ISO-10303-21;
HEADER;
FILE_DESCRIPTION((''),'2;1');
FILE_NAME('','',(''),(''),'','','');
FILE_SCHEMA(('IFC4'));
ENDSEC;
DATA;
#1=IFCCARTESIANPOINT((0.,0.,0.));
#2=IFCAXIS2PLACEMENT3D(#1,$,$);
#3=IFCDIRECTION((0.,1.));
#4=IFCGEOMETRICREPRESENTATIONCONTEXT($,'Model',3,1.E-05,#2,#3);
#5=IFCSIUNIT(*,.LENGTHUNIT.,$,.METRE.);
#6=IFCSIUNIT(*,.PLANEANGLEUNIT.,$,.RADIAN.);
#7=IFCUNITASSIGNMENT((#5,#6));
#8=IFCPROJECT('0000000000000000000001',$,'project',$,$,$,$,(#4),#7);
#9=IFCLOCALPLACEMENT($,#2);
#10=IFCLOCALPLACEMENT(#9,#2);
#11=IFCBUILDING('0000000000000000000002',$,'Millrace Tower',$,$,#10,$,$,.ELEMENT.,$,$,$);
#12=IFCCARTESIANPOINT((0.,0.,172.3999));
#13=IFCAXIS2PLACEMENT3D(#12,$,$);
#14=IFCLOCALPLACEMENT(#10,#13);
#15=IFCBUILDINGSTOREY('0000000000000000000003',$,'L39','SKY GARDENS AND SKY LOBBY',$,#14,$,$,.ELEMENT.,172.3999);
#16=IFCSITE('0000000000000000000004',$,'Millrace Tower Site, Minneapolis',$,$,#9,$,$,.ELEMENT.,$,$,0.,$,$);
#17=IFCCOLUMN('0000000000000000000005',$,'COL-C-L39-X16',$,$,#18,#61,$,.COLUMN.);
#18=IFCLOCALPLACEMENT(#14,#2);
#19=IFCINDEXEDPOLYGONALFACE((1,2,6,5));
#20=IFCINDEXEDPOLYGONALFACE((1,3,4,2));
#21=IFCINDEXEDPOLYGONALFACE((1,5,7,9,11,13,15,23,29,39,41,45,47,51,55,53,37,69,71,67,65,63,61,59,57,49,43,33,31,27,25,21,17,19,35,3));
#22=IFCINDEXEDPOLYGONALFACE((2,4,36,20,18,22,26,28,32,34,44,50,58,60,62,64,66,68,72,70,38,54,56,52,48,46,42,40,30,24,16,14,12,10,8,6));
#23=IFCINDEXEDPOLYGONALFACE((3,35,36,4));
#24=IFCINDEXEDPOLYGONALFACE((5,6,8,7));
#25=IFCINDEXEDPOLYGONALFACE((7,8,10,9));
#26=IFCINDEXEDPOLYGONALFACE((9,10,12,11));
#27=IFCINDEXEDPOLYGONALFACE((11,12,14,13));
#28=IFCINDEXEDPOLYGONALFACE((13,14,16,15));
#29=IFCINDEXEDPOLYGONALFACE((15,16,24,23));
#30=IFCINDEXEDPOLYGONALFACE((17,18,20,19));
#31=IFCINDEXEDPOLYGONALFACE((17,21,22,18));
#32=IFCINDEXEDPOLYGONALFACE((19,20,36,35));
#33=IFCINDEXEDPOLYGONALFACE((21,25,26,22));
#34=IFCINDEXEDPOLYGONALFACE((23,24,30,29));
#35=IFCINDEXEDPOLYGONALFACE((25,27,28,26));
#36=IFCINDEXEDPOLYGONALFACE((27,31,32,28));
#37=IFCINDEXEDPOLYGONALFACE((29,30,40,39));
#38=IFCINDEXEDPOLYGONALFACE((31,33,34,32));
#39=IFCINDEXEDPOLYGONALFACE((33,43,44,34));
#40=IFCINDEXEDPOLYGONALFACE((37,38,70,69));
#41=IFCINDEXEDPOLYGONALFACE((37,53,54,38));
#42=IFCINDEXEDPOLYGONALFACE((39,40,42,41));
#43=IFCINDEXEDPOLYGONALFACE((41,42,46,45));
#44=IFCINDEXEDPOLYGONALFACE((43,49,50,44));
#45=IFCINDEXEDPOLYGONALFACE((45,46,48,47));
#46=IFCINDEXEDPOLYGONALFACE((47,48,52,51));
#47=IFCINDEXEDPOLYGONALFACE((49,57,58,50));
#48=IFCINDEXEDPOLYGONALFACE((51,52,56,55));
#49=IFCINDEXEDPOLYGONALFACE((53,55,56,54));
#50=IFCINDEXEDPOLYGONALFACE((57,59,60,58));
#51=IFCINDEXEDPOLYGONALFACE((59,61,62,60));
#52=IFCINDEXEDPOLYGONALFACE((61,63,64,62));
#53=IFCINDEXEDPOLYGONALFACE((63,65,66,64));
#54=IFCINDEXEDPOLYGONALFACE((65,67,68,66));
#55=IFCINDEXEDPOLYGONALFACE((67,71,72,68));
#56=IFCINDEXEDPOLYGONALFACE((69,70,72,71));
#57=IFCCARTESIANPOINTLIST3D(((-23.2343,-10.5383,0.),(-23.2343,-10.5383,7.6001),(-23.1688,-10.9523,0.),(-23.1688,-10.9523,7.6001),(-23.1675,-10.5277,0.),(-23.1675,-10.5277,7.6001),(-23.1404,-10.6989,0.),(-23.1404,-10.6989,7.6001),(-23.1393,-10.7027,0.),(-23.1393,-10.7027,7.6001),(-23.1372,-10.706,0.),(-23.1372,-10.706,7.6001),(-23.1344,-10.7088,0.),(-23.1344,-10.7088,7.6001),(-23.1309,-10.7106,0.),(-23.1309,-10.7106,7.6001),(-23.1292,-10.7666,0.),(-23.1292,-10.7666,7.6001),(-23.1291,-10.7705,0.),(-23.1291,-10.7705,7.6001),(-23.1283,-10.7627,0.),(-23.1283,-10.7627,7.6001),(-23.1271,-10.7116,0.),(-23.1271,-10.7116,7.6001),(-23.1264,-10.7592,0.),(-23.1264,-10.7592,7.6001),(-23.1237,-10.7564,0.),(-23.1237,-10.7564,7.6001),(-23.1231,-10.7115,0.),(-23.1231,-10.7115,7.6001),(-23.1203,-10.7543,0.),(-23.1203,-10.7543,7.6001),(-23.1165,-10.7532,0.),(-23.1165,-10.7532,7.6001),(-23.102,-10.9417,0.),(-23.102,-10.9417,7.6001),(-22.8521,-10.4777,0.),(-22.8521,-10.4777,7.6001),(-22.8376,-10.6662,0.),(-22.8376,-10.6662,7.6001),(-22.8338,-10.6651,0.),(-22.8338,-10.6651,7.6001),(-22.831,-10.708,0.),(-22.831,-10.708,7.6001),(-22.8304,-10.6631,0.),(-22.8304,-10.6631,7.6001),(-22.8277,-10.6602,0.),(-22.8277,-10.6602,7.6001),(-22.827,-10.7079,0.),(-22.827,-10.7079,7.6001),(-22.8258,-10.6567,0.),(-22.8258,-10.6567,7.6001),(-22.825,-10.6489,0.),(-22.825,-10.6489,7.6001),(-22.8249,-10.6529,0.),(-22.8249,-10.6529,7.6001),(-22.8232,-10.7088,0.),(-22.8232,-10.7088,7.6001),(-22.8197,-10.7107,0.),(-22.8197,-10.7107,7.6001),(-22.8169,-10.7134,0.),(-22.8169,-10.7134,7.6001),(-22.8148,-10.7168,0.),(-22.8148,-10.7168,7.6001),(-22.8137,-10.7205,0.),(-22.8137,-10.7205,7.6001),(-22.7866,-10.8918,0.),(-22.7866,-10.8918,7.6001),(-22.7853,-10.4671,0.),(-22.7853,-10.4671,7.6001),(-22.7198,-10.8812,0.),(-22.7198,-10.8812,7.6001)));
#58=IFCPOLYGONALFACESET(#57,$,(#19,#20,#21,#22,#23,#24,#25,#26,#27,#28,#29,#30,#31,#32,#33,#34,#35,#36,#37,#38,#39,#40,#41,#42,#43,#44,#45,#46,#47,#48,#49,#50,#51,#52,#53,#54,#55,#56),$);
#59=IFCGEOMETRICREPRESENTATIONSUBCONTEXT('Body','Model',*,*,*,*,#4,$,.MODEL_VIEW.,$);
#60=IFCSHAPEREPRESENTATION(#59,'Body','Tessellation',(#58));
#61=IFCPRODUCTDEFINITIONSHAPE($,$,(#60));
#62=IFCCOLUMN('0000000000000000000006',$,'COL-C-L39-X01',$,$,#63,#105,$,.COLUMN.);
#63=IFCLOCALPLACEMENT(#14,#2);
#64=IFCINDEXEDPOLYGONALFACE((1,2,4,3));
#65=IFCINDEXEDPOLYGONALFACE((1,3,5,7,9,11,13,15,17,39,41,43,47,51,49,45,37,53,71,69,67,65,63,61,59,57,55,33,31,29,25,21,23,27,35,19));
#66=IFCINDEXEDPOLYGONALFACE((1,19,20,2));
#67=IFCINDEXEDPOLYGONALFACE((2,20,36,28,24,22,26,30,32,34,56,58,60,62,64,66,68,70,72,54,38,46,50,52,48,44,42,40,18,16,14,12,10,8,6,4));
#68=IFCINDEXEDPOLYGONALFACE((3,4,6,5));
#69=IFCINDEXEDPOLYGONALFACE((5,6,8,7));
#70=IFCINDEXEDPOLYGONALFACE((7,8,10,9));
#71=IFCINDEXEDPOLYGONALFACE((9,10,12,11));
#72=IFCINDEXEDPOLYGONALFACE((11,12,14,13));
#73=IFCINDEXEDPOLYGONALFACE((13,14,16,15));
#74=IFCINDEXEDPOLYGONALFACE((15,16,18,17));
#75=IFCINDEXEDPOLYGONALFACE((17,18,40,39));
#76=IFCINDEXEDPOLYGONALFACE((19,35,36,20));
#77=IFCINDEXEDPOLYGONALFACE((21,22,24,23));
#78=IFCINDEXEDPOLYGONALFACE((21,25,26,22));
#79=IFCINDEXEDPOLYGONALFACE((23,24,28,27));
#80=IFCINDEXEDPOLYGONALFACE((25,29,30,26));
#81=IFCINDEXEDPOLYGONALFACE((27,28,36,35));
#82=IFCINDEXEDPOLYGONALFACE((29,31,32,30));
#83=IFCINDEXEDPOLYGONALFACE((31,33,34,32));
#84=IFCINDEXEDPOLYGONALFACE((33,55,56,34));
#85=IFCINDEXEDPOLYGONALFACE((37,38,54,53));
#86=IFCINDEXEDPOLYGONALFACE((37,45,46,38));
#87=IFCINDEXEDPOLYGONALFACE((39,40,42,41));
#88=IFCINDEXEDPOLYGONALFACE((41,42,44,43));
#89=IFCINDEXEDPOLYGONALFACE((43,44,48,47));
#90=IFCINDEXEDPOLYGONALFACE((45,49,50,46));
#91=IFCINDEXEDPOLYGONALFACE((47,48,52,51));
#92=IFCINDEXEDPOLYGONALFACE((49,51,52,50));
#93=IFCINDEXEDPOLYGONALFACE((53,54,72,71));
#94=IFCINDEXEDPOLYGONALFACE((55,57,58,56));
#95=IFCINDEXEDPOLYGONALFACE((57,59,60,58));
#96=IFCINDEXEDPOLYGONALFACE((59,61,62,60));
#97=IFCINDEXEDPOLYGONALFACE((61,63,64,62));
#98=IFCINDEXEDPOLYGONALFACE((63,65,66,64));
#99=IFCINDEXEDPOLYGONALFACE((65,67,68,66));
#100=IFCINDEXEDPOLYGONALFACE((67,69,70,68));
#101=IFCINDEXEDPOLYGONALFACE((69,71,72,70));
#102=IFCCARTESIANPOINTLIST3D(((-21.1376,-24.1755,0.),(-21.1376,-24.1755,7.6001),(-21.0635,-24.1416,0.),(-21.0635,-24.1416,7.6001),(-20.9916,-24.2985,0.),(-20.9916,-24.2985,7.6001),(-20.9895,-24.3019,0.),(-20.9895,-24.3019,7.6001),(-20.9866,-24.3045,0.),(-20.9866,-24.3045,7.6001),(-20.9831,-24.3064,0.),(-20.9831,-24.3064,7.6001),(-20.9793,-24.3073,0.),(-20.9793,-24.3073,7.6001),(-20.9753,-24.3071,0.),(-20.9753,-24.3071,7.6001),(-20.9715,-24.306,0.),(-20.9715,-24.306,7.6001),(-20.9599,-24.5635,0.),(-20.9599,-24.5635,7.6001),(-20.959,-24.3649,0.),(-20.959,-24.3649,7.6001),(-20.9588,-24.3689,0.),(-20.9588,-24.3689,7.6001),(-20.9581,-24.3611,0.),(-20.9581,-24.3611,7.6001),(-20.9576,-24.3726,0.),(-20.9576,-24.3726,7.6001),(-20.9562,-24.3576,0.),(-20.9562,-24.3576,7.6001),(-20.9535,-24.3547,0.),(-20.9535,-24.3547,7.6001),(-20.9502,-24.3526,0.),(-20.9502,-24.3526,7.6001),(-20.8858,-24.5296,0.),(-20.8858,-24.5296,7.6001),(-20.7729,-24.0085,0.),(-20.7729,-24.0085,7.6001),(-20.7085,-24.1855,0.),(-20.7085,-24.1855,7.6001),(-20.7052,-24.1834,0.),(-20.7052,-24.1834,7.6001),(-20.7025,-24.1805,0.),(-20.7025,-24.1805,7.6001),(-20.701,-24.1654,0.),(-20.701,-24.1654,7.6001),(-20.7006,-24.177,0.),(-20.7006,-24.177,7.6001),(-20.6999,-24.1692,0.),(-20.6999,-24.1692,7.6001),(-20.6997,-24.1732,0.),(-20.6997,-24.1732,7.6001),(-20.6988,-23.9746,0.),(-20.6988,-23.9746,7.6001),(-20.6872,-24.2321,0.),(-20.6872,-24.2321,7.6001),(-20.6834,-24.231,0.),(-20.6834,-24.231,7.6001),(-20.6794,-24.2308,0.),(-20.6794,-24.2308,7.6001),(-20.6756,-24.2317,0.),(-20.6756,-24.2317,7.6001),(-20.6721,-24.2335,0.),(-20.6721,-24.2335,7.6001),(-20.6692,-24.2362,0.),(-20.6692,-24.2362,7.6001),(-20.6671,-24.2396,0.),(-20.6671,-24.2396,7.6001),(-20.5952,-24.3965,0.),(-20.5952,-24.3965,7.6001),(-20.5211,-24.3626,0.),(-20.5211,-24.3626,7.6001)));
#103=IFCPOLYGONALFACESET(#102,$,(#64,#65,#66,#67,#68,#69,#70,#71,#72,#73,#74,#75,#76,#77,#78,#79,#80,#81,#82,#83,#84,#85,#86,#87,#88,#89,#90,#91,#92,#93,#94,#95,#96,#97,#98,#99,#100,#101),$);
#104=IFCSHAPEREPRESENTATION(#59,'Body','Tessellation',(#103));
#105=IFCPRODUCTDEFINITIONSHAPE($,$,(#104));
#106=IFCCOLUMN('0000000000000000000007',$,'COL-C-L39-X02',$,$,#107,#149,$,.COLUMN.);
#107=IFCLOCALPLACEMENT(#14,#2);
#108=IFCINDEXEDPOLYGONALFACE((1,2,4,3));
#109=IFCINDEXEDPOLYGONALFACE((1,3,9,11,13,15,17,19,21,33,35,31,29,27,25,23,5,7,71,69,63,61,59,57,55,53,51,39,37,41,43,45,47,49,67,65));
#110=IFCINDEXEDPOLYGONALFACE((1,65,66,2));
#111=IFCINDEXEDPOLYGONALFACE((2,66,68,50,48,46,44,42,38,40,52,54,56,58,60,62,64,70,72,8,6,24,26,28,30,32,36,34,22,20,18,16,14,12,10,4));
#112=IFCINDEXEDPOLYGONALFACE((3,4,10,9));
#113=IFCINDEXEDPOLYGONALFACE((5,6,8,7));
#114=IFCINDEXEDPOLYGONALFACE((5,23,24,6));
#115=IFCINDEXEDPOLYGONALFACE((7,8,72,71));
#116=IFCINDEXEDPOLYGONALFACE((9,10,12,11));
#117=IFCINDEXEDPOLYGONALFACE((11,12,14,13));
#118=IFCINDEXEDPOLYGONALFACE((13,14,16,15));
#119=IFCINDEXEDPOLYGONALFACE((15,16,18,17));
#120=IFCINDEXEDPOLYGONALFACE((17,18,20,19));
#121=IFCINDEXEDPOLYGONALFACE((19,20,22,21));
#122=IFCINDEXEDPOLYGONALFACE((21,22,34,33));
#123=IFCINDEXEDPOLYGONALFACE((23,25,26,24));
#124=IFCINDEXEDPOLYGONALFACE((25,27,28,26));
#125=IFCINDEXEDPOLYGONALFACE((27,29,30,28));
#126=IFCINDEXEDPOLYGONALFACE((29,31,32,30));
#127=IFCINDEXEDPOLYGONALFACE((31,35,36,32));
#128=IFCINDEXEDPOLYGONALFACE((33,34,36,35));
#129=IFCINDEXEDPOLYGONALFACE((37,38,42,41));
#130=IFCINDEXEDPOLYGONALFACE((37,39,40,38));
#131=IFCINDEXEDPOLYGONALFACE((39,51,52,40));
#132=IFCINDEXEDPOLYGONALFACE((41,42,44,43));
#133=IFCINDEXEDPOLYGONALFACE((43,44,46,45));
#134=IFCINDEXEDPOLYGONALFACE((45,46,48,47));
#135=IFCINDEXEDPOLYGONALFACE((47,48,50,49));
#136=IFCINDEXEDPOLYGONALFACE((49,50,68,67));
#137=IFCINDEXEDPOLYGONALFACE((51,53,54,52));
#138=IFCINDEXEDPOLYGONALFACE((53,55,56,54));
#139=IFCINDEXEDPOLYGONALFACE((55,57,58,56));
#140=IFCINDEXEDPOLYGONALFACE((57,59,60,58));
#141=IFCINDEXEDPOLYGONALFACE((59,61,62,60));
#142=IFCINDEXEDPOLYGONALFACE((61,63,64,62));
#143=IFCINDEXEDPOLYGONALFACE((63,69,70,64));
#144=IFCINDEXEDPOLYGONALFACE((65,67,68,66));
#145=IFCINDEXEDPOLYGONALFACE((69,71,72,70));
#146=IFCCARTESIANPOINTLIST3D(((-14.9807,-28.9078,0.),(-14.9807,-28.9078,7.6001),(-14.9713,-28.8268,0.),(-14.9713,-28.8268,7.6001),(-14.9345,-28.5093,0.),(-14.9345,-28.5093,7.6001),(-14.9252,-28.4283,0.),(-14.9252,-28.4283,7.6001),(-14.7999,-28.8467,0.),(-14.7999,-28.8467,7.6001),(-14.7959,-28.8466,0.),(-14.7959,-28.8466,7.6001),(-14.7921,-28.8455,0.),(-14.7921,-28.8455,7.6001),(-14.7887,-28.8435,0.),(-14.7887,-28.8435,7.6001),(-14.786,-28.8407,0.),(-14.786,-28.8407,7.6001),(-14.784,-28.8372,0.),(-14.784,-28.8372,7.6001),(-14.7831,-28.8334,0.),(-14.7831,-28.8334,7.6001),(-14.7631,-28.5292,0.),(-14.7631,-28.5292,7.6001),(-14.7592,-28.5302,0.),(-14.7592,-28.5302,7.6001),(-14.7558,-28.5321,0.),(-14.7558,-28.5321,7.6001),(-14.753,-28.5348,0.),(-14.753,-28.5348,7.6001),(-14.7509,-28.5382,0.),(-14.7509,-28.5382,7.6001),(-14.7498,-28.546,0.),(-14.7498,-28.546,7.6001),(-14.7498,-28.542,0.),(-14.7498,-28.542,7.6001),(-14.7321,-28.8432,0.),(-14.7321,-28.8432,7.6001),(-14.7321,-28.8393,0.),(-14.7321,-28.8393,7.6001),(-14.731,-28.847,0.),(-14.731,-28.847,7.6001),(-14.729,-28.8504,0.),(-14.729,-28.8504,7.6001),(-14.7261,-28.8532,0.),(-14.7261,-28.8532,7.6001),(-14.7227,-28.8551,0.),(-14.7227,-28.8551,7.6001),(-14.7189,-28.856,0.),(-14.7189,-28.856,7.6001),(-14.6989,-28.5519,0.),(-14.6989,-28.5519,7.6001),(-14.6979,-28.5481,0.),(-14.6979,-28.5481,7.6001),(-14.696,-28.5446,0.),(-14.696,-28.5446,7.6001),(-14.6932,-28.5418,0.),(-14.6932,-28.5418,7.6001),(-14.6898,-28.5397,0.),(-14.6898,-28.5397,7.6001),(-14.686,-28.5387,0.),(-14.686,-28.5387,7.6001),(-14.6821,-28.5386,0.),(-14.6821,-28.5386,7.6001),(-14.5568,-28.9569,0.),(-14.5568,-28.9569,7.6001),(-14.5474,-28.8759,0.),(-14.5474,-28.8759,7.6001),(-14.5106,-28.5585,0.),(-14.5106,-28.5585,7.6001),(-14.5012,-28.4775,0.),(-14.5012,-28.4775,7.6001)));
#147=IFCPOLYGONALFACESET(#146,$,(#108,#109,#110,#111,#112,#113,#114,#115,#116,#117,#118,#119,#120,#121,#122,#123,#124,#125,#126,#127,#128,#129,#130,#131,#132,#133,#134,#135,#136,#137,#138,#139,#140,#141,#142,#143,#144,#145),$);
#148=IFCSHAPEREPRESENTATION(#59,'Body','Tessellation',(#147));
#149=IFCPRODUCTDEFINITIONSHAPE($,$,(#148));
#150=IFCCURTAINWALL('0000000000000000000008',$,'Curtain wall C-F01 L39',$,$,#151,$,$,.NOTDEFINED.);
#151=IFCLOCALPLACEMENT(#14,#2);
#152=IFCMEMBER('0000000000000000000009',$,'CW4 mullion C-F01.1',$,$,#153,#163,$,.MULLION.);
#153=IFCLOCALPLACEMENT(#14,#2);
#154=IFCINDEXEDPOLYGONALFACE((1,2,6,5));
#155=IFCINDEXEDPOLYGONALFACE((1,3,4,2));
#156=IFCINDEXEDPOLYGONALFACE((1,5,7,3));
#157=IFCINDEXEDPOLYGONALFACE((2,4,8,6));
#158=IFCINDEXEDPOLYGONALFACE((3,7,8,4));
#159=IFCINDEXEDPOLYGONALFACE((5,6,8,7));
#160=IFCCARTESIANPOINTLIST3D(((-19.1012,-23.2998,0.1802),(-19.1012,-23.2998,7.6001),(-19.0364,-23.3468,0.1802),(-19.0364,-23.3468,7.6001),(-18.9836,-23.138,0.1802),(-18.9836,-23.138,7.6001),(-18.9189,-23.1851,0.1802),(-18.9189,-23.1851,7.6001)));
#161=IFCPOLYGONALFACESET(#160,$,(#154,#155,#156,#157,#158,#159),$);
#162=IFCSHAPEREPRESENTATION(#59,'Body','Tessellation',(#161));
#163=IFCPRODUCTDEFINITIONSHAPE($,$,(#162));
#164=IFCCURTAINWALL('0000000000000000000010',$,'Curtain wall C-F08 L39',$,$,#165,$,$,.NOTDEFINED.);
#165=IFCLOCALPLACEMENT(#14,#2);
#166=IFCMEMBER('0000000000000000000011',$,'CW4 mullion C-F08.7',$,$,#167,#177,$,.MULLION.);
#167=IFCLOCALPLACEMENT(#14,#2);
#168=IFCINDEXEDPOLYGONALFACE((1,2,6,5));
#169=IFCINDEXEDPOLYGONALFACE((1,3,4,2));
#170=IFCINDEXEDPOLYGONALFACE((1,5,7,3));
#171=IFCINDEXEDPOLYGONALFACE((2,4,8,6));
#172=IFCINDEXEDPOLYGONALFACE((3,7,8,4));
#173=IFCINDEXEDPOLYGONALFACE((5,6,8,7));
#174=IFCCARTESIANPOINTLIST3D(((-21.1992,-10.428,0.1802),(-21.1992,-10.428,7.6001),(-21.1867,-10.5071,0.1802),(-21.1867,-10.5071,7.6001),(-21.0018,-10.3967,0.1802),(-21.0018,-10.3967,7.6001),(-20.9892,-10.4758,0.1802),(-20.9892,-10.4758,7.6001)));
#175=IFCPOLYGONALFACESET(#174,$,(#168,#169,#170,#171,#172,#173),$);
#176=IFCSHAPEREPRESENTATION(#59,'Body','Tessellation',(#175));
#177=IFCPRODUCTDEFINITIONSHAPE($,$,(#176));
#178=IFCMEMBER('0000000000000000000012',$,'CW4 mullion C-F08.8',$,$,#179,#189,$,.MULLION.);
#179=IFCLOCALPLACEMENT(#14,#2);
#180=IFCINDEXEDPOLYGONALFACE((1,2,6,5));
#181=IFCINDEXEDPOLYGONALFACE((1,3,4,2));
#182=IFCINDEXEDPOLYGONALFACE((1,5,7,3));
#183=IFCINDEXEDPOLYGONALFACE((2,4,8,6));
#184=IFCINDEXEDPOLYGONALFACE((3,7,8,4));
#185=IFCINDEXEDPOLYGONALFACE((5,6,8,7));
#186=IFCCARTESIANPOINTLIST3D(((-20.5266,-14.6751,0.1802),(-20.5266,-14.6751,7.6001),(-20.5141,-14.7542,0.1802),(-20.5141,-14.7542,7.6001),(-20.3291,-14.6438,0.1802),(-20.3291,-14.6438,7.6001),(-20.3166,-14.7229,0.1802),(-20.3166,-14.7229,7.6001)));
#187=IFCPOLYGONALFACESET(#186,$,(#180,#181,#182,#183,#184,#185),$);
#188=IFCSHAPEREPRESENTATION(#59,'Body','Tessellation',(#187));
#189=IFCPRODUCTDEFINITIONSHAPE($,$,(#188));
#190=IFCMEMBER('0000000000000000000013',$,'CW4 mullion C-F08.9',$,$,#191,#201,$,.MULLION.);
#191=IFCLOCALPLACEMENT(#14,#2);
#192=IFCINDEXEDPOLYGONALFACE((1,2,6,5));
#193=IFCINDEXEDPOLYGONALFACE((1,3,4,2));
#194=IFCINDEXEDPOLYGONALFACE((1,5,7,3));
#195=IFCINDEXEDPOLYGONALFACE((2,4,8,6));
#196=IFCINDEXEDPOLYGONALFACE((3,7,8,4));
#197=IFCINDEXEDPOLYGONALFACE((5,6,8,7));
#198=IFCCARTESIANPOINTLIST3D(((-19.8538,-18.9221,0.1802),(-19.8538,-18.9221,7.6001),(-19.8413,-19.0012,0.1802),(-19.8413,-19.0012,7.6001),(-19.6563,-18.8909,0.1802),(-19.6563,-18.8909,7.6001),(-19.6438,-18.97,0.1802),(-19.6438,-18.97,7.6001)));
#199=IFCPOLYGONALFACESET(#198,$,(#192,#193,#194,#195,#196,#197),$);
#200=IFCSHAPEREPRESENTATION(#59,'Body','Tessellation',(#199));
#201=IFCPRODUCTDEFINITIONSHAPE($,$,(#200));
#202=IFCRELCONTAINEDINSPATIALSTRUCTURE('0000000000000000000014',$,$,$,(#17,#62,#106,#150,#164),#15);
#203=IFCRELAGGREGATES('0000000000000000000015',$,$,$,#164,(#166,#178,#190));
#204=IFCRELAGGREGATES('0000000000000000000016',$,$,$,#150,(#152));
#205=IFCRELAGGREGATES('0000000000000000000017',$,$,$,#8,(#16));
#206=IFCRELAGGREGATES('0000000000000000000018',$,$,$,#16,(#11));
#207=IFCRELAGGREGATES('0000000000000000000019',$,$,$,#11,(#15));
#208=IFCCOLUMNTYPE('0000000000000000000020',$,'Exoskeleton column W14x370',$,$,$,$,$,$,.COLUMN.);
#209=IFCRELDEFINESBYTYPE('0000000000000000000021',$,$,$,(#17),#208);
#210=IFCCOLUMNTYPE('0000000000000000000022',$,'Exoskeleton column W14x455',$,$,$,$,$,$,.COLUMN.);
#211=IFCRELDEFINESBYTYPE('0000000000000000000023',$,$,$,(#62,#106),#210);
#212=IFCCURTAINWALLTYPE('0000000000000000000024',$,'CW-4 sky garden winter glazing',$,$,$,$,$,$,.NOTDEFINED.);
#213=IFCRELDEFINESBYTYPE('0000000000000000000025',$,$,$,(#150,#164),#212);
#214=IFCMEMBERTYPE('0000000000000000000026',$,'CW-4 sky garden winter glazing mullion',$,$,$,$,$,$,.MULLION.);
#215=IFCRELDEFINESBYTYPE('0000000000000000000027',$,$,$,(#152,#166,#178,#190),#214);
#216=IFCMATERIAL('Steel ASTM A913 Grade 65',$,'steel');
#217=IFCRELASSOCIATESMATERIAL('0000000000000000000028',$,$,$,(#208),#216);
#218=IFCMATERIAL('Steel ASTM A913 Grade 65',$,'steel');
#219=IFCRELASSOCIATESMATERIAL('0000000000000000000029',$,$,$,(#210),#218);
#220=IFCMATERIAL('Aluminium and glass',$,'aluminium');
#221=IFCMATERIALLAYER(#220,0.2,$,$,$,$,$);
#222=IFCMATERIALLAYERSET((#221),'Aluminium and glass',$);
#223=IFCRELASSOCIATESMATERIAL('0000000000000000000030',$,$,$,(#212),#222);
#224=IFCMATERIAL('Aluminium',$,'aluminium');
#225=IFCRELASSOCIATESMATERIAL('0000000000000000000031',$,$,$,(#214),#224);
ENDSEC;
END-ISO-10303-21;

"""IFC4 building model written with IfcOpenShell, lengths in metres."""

from ifc_helpers import new_model, si_unit, direction, frame, origin, origin_2d, place, context, subcontext, project, spatial, rectangle, i_section, extrude, material, layer, layer_set, material_profile, profile_set, type_object, element, aggregate, save


model = new_model("IFC4")

# Units and contexts
model_context = context("Model", 3, precision=1e-05, world=origin(), true_north=direction((0.0, 1.0)))
body_context = subcontext(model_context, "Body", "Model", "MODEL_VIEW")
ifc_project = project(units=[si_unit("LENGTHUNIT", "METRE"), si_unit("PLANEANGLEUNIT", "RADIAN")], contexts=[model_context])

# Site, building, storey
site_placement = place(None, origin())
site = spatial("IfcSite", under=ifc_project, at=site_placement, Name="Millrace Tower Site, Minneapolis", CompositionType="ELEMENT", RefElevation=0.0)
building_placement = place(site_placement, origin())
building = spatial("IfcBuilding", under=site, at=building_placement, Name="Millrace Tower", CompositionType="ELEMENT")
storey_placement = place(building_placement, frame((0.0, 0.0, 172.3999)))
storey = spatial("IfcBuildingStorey", under=building, at=storey_placement, Name="L39", Description="SKY GARDENS AND SKY LOBBY", CompositionType="ELEMENT", Elevation=172.3999)

# Columns
ifc_material_1 = material(Name="Steel ASTM A913 Grade 65", Category="steel")
ifc_material_profile_1 = material_profile(ifc_material_1, i_section(OverallWidth=0.4192, OverallDepth=0.4546, WebThickness=0.0422, FlangeThickness=0.0676, FilletRadius=0.0151, at=origin_2d()))
ifc_profile_set_1 = profile_set([ifc_material_profile_1], Name="Steel ASTM A913 Grade 65")
column_type_1 = type_object("IfcColumnType", Name="Exoskeleton column W14x370", PredefinedType="COLUMN", material=ifc_profile_set_1)
column_placement = place(storey_placement, frame((-22.9771, -10.7097, 0.0), z_axis=(0.0, 0.0, 1.0), x_axis=(0.156434, -0.987688, 0.0)))
element("IfcColumn", 1, at=column_placement, inside=storey, type_object=column_type_1, Name="COL-C-L39-X16", PredefinedType="COLUMN", context=body_context, shape_type="SweptSolid", body=[
    extrude(i_section(OverallWidth=0.4192, OverallDepth=0.4546, WebThickness=0.0422, FlangeThickness=0.0676, FilletRadius=0.0151, at=origin_2d()), origin(), (0.0, 0.0, 1.0), 7.6001),
])
ifc_material_2 = material(Name="Steel ASTM A913 Grade 65", Category="steel")
ifc_material_profile_2 = material_profile(ifc_material_2, i_section(OverallWidth=0.4268, OverallDepth=0.4827, WebThickness=0.0513, FlangeThickness=0.0815, FilletRadius=0.0151, at=origin_2d()))
ifc_profile_set_2 = profile_set([ifc_material_profile_2], Name="Steel ASTM A913 Grade 65")
column_type_2 = type_object("IfcColumnType", Name="Exoskeleton column W14x455", PredefinedType="COLUMN", material=ifc_profile_set_2)
for number, where, z_axis, x_axis, name in (
    (2, (-20.8293, -24.269, 0.0), (0.0, 0.0, 1.0), (0.416401, -0.909181, 0.0), "COL-C-L39-X01"),
    (3, (-14.741, -28.6926, 0.0), (0.0, 0.0, 1.0), (0.993358, -0.115069, 0.0), "COL-C-L39-X02"),
):
    element("IfcColumn", number, at=place(storey_placement, frame(where, z_axis=z_axis, x_axis=x_axis)), inside=storey, type_object=column_type_2, Name=name, PredefinedType="COLUMN", context=body_context, shape_type="SweptSolid", body=[
        extrude(i_section(OverallWidth=0.4268, OverallDepth=0.4827, WebThickness=0.0513, FlangeThickness=0.0815, FilletRadius=0.0151, at=origin_2d()), origin(), (0.0, 0.0, 1.0), 7.6001),
    ])

# Curtain wall, member
ifc_material_3 = material(Name="Aluminium and glass", Category="aluminium")
ifc_layer_1 = layer(ifc_material_3, 0.2)
ifc_layer_set_1 = layer_set([ifc_layer_1], Name="Aluminium and glass")
curtain_wall_type = type_object("IfcCurtainWallType", Name="CW-4 sky garden winter glazing", PredefinedType="NOTDEFINED", material=ifc_layer_set_1)
placement = place(storey_placement, origin())
curtain_wall_1 = element("IfcCurtainWall", 4, at=placement, inside=storey, type_object=curtain_wall_type, Name="Curtain wall C-F01 L39", PredefinedType="NOTDEFINED")
ifc_material_4 = material(Name="Aluminium", Category="aluminium")
ifc_material_profile_3 = material_profile(ifc_material_4, rectangle(XDim=0.0801, YDim=0.2, at=origin_2d()))
ifc_profile_set_3 = profile_set([ifc_material_profile_3], Name="Aluminium")
member_type_1 = type_object("IfcMemberType", Name="CW-4 sky garden winter glazing mullion", PredefinedType="MULLION", material=ifc_profile_set_3)
member_1_placement = place(storey_placement, frame((-19.01, -23.2424, 0.1802), z_axis=(0.0, 0.0, 1.0), x_axis=(0.809017, -0.587785, 0.0)))
member_1 = element("IfcMember", 5, at=member_1_placement, type_object=member_type_1, Name="CW4 mullion C-F01.1", PredefinedType="MULLION", context=body_context, shape_type="SweptSolid", body=[
    extrude(rectangle(XDim=0.0801, YDim=0.2, at=origin_2d()), origin(), (0.0, 0.0, 1.0), 7.4199),
])

# Curtain wall, members
curtain_wall_2 = element("IfcCurtainWall", 6, at=placement, inside=storey, type_object=curtain_wall_type, Name="Curtain wall C-F08 L39", PredefinedType="NOTDEFINED")
member_2_placement = place(storey_placement, frame((-21.0942, -10.4519, 0.1802), z_axis=(0.0, 0.0, 1.0), x_axis=(0.156434, -0.987688, 0.0)))
member_2 = element("IfcMember", 7, at=member_2_placement, type_object=member_type_1, Name="CW4 mullion C-F08.7", PredefinedType="MULLION", context=body_context, shape_type="SweptSolid", body=[
    extrude(rectangle(XDim=0.0801, YDim=0.2, at=origin_2d()), origin(), (0.0, 0.0, 1.0), 7.4199),
])
member_3_placement = place(storey_placement, frame((-20.4216, -14.699, 0.1802), z_axis=(0.0, 0.0, 1.0), x_axis=(0.156434, -0.987688, 0.0)))
member_3 = element("IfcMember", 8, at=member_3_placement, type_object=member_type_1, Name="CW4 mullion C-F08.8", PredefinedType="MULLION", context=body_context, shape_type="SweptSolid", body=[
    extrude(rectangle(XDim=0.0801, YDim=0.2, at=origin_2d()), origin(), (0.0, 0.0, 1.0), 7.4199),
])
member_4_placement = place(storey_placement, frame((-19.7488, -18.946, 0.1802), z_axis=(0.0, 0.0, 1.0), x_axis=(0.156434, -0.987688, 0.0)))
member_4 = element("IfcMember", 9, at=member_4_placement, type_object=member_type_1, Name="CW4 mullion C-F08.9", PredefinedType="MULLION", context=body_context, shape_type="SweptSolid", body=[
    extrude(rectangle(XDim=0.0801, YDim=0.2, at=origin_2d()), origin(), (0.0, 0.0, 1.0), 7.4199),
])
aggregate(curtain_wall_2, [member_2, member_3, member_4])

aggregate(curtain_wall_1, [member_1])

save(model, "model.ifc")
